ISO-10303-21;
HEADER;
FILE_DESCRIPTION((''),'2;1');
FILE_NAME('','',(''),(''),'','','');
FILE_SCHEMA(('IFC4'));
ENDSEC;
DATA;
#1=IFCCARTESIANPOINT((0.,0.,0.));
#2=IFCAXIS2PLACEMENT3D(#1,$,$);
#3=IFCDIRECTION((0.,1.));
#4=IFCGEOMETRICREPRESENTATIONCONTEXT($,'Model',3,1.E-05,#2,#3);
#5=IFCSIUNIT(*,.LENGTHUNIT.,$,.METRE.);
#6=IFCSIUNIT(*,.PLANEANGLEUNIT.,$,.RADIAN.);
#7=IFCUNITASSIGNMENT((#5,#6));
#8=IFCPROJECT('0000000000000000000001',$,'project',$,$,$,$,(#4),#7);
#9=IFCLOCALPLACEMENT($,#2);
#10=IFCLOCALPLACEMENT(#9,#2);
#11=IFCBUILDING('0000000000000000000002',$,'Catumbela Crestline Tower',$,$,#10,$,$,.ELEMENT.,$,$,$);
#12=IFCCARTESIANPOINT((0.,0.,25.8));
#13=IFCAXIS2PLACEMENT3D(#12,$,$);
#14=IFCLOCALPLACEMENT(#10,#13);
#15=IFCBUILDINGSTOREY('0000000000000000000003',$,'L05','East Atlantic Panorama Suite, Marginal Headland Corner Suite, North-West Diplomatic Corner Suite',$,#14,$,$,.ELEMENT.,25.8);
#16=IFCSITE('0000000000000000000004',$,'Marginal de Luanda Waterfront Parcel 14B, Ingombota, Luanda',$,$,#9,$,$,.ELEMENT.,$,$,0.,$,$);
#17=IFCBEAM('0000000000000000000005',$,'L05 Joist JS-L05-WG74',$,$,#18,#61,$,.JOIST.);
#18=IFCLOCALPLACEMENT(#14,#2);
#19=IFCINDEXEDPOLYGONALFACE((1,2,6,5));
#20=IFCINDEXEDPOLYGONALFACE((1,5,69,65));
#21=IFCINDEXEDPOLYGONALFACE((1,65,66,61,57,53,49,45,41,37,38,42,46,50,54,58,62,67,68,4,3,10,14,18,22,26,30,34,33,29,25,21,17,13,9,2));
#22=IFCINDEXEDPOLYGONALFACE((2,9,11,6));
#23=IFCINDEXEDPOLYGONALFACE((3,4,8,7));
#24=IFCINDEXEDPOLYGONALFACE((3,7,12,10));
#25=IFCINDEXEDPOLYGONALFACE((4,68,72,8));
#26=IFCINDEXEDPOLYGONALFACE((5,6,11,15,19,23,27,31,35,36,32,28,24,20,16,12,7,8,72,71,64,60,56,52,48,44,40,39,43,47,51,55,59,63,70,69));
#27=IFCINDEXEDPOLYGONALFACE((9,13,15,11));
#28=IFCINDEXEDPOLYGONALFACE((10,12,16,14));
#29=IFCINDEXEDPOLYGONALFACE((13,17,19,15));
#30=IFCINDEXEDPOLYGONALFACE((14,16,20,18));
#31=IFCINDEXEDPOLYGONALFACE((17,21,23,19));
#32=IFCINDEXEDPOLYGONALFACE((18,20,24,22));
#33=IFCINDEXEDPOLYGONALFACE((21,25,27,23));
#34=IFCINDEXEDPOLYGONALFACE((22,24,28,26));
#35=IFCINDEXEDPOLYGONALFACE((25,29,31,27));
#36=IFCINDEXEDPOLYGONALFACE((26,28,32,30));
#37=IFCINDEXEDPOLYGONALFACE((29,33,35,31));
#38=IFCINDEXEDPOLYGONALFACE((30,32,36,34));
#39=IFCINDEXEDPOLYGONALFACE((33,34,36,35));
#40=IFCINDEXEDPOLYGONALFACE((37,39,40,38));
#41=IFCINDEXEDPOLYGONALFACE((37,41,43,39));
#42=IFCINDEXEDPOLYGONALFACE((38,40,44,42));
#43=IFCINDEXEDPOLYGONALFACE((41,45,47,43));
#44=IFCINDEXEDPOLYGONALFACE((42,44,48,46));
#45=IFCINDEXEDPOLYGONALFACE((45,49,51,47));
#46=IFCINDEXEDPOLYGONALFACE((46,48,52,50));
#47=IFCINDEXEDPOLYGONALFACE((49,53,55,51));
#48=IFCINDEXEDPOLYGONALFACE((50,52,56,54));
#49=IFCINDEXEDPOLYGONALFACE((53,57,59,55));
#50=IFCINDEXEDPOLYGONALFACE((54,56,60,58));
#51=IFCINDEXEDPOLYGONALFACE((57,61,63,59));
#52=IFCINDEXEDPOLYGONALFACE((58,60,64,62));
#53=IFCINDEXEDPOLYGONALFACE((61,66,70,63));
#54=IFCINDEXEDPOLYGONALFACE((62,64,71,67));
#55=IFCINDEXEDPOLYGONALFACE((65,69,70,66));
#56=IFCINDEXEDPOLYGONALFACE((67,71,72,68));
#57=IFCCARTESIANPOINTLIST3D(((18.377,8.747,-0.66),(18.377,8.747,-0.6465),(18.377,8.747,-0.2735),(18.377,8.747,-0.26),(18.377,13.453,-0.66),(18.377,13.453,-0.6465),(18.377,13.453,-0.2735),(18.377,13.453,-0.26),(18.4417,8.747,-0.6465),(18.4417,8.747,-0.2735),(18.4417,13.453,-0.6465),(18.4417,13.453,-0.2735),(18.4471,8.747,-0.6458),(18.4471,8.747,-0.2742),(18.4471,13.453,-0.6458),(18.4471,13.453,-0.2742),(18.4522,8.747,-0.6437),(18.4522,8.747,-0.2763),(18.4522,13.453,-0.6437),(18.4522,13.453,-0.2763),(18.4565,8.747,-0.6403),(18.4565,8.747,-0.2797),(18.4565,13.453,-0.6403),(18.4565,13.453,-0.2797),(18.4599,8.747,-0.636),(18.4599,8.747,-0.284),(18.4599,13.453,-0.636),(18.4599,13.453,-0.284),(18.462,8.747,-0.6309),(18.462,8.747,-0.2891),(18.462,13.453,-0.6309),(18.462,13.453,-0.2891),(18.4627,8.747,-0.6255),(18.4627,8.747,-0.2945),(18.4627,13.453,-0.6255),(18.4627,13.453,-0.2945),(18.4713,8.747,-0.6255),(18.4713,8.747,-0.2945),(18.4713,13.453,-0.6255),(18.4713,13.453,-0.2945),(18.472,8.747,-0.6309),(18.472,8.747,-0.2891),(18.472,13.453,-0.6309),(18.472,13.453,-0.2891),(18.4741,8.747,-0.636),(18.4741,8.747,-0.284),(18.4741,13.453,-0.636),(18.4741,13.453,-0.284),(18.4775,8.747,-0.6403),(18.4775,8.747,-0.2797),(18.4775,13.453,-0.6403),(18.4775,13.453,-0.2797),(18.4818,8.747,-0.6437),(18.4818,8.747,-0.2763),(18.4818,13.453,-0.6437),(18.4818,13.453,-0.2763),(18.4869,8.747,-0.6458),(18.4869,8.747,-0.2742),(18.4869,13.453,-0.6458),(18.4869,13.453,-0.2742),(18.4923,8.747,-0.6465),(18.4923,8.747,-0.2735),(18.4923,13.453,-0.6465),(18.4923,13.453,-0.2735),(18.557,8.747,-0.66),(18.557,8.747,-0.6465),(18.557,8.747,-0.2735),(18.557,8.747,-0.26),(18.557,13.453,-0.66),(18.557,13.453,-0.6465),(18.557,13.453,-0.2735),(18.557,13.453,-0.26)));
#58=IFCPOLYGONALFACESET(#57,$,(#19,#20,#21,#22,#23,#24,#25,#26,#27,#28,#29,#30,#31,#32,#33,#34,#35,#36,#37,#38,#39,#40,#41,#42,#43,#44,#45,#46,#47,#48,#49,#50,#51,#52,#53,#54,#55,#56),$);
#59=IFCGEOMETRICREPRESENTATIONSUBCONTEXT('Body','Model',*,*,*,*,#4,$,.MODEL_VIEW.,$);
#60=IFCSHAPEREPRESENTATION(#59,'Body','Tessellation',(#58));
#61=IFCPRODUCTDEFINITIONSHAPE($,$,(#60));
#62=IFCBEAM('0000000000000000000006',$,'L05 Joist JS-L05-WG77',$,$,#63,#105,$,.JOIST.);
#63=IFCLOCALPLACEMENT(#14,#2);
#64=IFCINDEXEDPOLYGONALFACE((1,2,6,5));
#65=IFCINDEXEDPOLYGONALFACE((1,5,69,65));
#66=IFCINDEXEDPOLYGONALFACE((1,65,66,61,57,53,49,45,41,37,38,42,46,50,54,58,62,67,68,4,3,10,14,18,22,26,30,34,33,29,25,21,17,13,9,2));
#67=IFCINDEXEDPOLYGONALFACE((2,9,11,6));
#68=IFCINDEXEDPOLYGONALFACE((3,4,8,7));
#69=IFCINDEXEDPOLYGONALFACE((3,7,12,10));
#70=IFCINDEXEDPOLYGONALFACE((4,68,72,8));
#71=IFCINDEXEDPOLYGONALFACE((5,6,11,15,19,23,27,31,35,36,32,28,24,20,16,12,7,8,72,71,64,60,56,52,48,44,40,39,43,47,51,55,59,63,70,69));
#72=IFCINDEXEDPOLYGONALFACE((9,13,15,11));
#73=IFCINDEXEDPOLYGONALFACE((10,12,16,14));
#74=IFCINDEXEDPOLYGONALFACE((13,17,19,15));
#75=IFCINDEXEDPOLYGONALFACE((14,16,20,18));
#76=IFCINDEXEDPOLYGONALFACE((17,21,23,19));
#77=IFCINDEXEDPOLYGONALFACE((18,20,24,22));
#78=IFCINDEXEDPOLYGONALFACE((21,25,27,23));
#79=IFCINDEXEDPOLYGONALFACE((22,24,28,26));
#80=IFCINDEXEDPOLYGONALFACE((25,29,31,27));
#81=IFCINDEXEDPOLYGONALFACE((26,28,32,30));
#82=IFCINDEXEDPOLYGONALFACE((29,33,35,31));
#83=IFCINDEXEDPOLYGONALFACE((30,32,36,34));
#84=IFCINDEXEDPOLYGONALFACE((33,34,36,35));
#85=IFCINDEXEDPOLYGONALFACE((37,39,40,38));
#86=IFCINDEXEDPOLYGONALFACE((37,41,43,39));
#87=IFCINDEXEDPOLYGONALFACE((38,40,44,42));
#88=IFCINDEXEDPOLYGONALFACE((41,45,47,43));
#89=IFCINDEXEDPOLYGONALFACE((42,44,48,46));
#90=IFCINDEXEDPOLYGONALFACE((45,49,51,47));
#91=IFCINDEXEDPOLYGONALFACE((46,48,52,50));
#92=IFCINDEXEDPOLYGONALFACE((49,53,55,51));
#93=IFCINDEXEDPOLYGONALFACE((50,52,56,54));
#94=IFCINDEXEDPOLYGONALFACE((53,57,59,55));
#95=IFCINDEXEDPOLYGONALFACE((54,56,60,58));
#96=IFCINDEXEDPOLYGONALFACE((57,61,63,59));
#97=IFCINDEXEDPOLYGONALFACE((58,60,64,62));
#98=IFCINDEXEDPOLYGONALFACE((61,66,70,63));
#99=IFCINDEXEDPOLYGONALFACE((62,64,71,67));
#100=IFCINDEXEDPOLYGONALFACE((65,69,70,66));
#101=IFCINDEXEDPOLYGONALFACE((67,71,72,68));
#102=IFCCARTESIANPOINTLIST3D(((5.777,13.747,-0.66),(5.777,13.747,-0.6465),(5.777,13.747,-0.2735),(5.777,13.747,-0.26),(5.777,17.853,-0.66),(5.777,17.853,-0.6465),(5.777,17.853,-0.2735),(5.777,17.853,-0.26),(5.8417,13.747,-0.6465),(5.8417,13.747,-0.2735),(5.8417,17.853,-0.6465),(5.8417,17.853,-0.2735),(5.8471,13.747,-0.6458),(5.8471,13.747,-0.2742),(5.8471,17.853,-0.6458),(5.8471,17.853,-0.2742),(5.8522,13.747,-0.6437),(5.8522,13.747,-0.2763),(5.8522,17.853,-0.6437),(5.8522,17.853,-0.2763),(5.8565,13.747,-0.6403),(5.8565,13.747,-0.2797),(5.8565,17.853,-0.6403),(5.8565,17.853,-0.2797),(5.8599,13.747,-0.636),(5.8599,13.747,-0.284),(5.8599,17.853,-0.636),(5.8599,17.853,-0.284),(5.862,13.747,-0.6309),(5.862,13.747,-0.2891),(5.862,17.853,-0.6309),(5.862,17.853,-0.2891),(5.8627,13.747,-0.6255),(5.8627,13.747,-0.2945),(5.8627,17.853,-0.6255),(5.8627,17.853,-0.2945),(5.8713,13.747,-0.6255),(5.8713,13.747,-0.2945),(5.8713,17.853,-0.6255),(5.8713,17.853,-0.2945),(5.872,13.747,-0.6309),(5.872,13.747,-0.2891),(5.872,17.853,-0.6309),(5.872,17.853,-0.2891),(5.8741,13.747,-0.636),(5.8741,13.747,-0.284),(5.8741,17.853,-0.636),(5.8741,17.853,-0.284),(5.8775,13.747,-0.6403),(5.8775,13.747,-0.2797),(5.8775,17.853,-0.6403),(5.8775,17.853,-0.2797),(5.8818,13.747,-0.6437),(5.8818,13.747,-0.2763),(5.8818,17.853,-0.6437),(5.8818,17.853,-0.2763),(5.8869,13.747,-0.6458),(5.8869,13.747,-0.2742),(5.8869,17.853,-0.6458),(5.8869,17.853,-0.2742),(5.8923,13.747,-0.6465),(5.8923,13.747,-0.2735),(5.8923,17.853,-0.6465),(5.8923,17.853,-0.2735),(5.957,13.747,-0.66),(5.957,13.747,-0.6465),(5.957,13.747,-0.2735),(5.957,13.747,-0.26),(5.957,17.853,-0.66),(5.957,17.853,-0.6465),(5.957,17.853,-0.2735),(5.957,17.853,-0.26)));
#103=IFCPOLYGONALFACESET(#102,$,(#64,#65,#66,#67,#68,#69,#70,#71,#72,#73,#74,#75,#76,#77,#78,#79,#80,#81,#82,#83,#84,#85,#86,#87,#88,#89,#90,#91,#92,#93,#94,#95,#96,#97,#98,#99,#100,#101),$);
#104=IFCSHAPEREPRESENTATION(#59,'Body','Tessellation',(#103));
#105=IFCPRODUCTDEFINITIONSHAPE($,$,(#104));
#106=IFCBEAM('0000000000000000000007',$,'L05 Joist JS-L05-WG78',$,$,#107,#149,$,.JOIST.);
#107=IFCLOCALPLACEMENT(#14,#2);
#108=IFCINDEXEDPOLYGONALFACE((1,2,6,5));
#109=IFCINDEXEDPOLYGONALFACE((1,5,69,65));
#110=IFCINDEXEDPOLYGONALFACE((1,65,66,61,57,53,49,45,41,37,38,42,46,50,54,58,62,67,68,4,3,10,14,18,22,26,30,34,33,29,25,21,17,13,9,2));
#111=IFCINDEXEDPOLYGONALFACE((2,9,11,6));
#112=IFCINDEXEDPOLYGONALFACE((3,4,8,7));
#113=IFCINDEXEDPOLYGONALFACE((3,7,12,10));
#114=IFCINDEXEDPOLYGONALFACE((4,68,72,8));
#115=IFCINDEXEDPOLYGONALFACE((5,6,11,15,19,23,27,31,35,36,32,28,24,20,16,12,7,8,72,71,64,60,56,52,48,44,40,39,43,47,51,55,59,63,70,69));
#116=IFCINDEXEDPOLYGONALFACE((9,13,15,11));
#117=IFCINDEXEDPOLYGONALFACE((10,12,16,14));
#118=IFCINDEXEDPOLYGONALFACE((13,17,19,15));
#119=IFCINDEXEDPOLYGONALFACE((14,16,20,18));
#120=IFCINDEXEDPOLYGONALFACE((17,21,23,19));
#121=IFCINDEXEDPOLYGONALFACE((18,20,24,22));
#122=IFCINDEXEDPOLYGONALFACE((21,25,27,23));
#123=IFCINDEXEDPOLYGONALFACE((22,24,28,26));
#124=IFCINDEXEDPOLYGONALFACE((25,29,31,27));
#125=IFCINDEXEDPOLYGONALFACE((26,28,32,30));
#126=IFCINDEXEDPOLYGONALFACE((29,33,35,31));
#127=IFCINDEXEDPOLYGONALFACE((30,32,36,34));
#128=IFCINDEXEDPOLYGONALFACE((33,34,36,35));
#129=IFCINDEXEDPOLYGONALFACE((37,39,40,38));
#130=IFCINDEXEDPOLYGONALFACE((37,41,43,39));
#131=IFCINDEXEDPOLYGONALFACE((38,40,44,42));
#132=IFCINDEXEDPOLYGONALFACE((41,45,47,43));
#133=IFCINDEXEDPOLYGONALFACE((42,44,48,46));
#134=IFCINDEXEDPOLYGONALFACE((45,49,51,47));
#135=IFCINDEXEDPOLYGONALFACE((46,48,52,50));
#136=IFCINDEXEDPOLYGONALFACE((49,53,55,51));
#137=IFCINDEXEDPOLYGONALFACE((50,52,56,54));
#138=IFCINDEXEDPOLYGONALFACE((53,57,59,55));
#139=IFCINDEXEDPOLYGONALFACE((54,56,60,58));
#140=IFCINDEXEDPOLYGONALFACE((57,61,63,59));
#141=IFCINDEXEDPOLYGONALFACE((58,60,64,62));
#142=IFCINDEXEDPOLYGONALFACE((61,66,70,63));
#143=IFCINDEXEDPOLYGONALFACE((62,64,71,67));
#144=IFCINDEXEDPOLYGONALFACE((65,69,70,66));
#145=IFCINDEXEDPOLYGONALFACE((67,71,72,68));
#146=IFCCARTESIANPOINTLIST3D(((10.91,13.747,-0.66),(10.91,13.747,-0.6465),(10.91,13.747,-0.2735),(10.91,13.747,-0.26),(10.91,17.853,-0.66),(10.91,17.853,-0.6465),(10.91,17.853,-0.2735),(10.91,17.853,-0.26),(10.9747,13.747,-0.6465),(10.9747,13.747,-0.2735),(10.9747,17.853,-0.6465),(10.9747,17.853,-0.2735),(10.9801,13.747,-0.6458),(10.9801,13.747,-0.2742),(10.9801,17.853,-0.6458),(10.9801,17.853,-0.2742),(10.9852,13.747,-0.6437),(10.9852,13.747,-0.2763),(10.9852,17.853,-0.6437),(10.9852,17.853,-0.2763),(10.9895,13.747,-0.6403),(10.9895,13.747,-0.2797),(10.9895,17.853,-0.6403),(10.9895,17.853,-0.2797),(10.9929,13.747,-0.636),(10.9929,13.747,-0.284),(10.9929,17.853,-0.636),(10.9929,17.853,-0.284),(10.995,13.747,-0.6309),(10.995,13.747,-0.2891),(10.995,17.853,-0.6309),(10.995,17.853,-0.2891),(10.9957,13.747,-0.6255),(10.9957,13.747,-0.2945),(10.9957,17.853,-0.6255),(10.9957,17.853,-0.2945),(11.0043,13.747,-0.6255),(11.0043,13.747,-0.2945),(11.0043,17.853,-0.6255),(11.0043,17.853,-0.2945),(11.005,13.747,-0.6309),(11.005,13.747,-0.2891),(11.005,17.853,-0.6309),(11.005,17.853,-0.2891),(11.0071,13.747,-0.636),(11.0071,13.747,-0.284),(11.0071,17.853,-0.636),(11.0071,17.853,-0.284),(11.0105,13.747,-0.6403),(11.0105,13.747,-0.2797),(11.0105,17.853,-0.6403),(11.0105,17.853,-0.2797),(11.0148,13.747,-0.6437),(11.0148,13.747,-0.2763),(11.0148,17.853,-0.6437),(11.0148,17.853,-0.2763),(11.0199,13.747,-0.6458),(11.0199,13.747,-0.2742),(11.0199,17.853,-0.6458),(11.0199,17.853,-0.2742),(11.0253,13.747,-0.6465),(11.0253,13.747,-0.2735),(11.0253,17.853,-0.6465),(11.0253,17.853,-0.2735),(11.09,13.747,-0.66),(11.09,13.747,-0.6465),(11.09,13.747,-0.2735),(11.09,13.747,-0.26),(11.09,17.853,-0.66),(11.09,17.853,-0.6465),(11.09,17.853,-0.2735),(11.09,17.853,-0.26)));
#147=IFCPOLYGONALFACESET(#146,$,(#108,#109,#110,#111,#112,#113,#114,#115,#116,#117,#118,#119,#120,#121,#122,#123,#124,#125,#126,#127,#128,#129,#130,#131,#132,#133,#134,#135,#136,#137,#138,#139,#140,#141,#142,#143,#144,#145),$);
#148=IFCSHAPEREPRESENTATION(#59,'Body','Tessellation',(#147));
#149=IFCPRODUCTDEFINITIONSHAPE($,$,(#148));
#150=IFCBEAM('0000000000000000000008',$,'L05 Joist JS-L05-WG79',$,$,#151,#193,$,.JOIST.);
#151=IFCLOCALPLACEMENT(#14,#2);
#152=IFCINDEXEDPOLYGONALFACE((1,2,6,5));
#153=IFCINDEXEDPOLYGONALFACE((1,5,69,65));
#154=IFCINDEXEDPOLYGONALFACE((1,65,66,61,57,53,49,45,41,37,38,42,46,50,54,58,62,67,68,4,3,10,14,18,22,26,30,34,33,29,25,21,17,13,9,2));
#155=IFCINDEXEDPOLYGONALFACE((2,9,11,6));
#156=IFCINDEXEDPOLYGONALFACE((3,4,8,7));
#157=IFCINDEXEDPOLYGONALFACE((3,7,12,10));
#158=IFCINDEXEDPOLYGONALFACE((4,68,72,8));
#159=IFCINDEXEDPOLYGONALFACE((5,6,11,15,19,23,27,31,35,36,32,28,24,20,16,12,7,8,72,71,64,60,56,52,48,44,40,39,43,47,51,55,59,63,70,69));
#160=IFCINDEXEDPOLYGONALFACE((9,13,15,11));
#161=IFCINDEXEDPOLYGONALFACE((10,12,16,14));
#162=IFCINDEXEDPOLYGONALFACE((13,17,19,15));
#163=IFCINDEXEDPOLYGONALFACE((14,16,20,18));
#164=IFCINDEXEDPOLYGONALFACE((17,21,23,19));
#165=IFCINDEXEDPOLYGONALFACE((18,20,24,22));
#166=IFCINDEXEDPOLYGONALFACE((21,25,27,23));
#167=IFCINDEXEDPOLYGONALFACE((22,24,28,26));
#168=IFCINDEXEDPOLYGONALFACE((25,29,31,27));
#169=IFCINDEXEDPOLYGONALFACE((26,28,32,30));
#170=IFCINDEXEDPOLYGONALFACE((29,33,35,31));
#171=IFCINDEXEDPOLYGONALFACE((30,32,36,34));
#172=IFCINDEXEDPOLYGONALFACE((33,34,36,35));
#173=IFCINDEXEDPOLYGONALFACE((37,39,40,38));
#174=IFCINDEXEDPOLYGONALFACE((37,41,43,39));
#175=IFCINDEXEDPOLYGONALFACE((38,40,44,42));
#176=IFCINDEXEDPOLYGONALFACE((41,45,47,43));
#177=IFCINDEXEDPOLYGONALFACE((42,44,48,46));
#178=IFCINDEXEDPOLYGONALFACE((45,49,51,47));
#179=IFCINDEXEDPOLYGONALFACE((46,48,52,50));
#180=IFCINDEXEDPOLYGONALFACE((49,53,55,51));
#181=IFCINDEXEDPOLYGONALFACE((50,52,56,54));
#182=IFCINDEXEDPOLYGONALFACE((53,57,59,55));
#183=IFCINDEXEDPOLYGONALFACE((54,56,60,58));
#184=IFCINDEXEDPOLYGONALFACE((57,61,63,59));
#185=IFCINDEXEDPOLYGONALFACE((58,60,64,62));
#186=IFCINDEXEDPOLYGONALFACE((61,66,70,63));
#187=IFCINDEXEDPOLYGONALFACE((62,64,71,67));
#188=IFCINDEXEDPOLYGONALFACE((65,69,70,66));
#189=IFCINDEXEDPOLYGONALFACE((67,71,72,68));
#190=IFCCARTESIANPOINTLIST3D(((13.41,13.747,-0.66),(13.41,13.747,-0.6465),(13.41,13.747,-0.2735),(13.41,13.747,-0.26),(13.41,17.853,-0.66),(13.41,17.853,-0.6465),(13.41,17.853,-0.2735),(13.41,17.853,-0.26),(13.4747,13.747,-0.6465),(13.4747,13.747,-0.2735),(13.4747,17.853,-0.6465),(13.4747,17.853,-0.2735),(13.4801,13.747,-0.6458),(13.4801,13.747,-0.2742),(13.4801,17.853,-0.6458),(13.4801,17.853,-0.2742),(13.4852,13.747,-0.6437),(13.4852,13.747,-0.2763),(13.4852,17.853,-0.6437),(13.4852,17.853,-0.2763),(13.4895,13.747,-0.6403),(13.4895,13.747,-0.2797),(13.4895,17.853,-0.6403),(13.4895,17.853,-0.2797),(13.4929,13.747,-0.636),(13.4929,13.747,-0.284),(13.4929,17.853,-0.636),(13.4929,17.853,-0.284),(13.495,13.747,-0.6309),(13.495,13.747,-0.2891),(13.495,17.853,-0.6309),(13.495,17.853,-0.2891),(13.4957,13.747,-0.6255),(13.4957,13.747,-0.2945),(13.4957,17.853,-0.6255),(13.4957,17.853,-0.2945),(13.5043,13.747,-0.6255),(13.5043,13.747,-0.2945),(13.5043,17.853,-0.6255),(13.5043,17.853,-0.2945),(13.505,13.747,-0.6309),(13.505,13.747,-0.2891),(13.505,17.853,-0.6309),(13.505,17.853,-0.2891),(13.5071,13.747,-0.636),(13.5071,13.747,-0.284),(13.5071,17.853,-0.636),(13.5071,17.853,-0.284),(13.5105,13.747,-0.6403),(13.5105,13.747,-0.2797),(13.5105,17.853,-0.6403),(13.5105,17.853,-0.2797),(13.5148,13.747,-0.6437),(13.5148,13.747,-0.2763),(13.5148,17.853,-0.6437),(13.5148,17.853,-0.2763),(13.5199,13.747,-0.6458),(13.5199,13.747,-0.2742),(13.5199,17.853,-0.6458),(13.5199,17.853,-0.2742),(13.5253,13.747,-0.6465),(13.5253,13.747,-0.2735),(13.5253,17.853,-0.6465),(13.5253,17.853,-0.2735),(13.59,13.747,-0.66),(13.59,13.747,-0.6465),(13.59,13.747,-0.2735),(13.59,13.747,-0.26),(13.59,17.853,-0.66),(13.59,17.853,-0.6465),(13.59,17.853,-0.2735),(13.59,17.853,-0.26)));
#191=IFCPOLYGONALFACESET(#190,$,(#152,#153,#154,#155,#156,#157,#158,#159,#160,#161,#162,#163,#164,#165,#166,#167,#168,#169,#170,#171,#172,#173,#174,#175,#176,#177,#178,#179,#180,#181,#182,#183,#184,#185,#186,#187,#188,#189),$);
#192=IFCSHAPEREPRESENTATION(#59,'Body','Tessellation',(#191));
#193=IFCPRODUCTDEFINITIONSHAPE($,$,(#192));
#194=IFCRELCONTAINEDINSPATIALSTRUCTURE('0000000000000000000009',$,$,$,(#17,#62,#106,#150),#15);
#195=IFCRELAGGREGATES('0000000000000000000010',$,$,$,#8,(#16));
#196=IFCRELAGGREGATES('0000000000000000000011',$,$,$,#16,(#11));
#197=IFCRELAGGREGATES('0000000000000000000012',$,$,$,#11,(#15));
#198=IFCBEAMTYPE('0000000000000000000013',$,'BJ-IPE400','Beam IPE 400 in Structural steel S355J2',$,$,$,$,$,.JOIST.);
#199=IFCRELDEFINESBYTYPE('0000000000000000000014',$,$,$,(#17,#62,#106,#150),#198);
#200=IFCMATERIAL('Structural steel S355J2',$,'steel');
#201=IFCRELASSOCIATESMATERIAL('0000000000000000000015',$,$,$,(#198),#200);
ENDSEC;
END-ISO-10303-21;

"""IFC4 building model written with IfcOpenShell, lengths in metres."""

from ifc_helpers import new_model, si_unit, direction, frame, origin, origin_2d, place, context, subcontext, project, spatial, i_section, extrude, material, material_profile, profile_set, type_object, element, save


model = new_model("IFC4")

# Units and contexts
model_context = context("Model", 3, precision=1e-05, world=origin(), true_north=direction((0.0, 1.0)))
body_context = subcontext(model_context, "Body", "Model", "MODEL_VIEW")
ifc_project = project(units=[si_unit("LENGTHUNIT", "METRE"), si_unit("PLANEANGLEUNIT", "RADIAN")], contexts=[model_context])

# Site, building, storey
site_placement = place(None, origin())
site = spatial("IfcSite", under=ifc_project, at=site_placement, Name="Marginal de Luanda Waterfront Parcel 14B, Ingombota, Luanda", CompositionType="ELEMENT", RefElevation=0.0)
building_placement = place(site_placement, origin())
building = spatial("IfcBuilding", under=site, at=building_placement, Name="Catumbela Crestline Tower", CompositionType="ELEMENT")
storey_placement = place(building_placement, frame((0.0, 0.0, 25.8)))
storey = spatial("IfcBuildingStorey", under=building, at=storey_placement, Name="L05", Description="East Atlantic Panorama Suite, Marginal Headland Corner Suite, North-West Diplomatic Corner Suite", CompositionType="ELEMENT", Elevation=25.8)

# Beams
ifc_material_1 = material(Name="Structural steel S355J2", Category="steel")
ifc_material_profile_1 = material_profile(ifc_material_1, i_section(OverallWidth=0.18, OverallDepth=0.4, WebThickness=0.0086, FlangeThickness=0.0135, FilletRadius=0.021, at=origin_2d()), Name="IPE 400")
ifc_profile_set_1 = profile_set([ifc_material_profile_1], Name="Structural steel S355J2")
beam_type_1 = type_object("IfcBeamType", Name="BJ-IPE400", Description="Beam IPE 400 in Structural steel S355J2", PredefinedType="JOIST", material=ifc_profile_set_1)
for number, where, z_axis, x_axis, name in (
    (1, (18.467, 8.747, -0.46), (0.0, 1.0, 0.0), (-1.0, 0.0, 0.0), "L05 Joist JS-L05-WG74"),
):
    element("IfcBeam", number, at=place(storey_placement, frame(where, z_axis=z_axis, x_axis=x_axis)), inside=storey, type_object=beam_type_1, Name=name, PredefinedType="JOIST", context=body_context, shape_type="SweptSolid", body=[
        extrude(i_section(OverallWidth=0.18, OverallDepth=0.4, WebThickness=0.0086, FlangeThickness=0.0135, FilletRadius=0.021, at=origin_2d()), origin(), (0.0, 0.0, 1.0), 4.706),
    ])
for number, where, z_axis, x_axis, name in (
    (2, (5.867, 13.747, -0.46), (0.0, 1.0, 0.0), (-1.0, 0.0, 0.0), "L05 Joist JS-L05-WG77"),
    (3, (11.0, 13.747, -0.46), (0.0, 1.0, 0.0), (-1.0, 0.0, 0.0), "L05 Joist JS-L05-WG78"),
    (4, (13.5, 13.747, -0.46), (0.0, 1.0, 0.0), (-1.0, 0.0, 0.0), "L05 Joist JS-L05-WG79"),
):
    element("IfcBeam", number, at=place(storey_placement, frame(where, z_axis=z_axis, x_axis=x_axis)), inside=storey, type_object=beam_type_1, Name=name, PredefinedType="JOIST", context=body_context, shape_type="SweptSolid", body=[
        extrude(i_section(OverallWidth=0.18, OverallDepth=0.4, WebThickness=0.0086, FlangeThickness=0.0135, FilletRadius=0.021, at=origin_2d()), origin(), (0.0, 0.0, 1.0), 4.106),
    ])

save(model, "model.ifc")
